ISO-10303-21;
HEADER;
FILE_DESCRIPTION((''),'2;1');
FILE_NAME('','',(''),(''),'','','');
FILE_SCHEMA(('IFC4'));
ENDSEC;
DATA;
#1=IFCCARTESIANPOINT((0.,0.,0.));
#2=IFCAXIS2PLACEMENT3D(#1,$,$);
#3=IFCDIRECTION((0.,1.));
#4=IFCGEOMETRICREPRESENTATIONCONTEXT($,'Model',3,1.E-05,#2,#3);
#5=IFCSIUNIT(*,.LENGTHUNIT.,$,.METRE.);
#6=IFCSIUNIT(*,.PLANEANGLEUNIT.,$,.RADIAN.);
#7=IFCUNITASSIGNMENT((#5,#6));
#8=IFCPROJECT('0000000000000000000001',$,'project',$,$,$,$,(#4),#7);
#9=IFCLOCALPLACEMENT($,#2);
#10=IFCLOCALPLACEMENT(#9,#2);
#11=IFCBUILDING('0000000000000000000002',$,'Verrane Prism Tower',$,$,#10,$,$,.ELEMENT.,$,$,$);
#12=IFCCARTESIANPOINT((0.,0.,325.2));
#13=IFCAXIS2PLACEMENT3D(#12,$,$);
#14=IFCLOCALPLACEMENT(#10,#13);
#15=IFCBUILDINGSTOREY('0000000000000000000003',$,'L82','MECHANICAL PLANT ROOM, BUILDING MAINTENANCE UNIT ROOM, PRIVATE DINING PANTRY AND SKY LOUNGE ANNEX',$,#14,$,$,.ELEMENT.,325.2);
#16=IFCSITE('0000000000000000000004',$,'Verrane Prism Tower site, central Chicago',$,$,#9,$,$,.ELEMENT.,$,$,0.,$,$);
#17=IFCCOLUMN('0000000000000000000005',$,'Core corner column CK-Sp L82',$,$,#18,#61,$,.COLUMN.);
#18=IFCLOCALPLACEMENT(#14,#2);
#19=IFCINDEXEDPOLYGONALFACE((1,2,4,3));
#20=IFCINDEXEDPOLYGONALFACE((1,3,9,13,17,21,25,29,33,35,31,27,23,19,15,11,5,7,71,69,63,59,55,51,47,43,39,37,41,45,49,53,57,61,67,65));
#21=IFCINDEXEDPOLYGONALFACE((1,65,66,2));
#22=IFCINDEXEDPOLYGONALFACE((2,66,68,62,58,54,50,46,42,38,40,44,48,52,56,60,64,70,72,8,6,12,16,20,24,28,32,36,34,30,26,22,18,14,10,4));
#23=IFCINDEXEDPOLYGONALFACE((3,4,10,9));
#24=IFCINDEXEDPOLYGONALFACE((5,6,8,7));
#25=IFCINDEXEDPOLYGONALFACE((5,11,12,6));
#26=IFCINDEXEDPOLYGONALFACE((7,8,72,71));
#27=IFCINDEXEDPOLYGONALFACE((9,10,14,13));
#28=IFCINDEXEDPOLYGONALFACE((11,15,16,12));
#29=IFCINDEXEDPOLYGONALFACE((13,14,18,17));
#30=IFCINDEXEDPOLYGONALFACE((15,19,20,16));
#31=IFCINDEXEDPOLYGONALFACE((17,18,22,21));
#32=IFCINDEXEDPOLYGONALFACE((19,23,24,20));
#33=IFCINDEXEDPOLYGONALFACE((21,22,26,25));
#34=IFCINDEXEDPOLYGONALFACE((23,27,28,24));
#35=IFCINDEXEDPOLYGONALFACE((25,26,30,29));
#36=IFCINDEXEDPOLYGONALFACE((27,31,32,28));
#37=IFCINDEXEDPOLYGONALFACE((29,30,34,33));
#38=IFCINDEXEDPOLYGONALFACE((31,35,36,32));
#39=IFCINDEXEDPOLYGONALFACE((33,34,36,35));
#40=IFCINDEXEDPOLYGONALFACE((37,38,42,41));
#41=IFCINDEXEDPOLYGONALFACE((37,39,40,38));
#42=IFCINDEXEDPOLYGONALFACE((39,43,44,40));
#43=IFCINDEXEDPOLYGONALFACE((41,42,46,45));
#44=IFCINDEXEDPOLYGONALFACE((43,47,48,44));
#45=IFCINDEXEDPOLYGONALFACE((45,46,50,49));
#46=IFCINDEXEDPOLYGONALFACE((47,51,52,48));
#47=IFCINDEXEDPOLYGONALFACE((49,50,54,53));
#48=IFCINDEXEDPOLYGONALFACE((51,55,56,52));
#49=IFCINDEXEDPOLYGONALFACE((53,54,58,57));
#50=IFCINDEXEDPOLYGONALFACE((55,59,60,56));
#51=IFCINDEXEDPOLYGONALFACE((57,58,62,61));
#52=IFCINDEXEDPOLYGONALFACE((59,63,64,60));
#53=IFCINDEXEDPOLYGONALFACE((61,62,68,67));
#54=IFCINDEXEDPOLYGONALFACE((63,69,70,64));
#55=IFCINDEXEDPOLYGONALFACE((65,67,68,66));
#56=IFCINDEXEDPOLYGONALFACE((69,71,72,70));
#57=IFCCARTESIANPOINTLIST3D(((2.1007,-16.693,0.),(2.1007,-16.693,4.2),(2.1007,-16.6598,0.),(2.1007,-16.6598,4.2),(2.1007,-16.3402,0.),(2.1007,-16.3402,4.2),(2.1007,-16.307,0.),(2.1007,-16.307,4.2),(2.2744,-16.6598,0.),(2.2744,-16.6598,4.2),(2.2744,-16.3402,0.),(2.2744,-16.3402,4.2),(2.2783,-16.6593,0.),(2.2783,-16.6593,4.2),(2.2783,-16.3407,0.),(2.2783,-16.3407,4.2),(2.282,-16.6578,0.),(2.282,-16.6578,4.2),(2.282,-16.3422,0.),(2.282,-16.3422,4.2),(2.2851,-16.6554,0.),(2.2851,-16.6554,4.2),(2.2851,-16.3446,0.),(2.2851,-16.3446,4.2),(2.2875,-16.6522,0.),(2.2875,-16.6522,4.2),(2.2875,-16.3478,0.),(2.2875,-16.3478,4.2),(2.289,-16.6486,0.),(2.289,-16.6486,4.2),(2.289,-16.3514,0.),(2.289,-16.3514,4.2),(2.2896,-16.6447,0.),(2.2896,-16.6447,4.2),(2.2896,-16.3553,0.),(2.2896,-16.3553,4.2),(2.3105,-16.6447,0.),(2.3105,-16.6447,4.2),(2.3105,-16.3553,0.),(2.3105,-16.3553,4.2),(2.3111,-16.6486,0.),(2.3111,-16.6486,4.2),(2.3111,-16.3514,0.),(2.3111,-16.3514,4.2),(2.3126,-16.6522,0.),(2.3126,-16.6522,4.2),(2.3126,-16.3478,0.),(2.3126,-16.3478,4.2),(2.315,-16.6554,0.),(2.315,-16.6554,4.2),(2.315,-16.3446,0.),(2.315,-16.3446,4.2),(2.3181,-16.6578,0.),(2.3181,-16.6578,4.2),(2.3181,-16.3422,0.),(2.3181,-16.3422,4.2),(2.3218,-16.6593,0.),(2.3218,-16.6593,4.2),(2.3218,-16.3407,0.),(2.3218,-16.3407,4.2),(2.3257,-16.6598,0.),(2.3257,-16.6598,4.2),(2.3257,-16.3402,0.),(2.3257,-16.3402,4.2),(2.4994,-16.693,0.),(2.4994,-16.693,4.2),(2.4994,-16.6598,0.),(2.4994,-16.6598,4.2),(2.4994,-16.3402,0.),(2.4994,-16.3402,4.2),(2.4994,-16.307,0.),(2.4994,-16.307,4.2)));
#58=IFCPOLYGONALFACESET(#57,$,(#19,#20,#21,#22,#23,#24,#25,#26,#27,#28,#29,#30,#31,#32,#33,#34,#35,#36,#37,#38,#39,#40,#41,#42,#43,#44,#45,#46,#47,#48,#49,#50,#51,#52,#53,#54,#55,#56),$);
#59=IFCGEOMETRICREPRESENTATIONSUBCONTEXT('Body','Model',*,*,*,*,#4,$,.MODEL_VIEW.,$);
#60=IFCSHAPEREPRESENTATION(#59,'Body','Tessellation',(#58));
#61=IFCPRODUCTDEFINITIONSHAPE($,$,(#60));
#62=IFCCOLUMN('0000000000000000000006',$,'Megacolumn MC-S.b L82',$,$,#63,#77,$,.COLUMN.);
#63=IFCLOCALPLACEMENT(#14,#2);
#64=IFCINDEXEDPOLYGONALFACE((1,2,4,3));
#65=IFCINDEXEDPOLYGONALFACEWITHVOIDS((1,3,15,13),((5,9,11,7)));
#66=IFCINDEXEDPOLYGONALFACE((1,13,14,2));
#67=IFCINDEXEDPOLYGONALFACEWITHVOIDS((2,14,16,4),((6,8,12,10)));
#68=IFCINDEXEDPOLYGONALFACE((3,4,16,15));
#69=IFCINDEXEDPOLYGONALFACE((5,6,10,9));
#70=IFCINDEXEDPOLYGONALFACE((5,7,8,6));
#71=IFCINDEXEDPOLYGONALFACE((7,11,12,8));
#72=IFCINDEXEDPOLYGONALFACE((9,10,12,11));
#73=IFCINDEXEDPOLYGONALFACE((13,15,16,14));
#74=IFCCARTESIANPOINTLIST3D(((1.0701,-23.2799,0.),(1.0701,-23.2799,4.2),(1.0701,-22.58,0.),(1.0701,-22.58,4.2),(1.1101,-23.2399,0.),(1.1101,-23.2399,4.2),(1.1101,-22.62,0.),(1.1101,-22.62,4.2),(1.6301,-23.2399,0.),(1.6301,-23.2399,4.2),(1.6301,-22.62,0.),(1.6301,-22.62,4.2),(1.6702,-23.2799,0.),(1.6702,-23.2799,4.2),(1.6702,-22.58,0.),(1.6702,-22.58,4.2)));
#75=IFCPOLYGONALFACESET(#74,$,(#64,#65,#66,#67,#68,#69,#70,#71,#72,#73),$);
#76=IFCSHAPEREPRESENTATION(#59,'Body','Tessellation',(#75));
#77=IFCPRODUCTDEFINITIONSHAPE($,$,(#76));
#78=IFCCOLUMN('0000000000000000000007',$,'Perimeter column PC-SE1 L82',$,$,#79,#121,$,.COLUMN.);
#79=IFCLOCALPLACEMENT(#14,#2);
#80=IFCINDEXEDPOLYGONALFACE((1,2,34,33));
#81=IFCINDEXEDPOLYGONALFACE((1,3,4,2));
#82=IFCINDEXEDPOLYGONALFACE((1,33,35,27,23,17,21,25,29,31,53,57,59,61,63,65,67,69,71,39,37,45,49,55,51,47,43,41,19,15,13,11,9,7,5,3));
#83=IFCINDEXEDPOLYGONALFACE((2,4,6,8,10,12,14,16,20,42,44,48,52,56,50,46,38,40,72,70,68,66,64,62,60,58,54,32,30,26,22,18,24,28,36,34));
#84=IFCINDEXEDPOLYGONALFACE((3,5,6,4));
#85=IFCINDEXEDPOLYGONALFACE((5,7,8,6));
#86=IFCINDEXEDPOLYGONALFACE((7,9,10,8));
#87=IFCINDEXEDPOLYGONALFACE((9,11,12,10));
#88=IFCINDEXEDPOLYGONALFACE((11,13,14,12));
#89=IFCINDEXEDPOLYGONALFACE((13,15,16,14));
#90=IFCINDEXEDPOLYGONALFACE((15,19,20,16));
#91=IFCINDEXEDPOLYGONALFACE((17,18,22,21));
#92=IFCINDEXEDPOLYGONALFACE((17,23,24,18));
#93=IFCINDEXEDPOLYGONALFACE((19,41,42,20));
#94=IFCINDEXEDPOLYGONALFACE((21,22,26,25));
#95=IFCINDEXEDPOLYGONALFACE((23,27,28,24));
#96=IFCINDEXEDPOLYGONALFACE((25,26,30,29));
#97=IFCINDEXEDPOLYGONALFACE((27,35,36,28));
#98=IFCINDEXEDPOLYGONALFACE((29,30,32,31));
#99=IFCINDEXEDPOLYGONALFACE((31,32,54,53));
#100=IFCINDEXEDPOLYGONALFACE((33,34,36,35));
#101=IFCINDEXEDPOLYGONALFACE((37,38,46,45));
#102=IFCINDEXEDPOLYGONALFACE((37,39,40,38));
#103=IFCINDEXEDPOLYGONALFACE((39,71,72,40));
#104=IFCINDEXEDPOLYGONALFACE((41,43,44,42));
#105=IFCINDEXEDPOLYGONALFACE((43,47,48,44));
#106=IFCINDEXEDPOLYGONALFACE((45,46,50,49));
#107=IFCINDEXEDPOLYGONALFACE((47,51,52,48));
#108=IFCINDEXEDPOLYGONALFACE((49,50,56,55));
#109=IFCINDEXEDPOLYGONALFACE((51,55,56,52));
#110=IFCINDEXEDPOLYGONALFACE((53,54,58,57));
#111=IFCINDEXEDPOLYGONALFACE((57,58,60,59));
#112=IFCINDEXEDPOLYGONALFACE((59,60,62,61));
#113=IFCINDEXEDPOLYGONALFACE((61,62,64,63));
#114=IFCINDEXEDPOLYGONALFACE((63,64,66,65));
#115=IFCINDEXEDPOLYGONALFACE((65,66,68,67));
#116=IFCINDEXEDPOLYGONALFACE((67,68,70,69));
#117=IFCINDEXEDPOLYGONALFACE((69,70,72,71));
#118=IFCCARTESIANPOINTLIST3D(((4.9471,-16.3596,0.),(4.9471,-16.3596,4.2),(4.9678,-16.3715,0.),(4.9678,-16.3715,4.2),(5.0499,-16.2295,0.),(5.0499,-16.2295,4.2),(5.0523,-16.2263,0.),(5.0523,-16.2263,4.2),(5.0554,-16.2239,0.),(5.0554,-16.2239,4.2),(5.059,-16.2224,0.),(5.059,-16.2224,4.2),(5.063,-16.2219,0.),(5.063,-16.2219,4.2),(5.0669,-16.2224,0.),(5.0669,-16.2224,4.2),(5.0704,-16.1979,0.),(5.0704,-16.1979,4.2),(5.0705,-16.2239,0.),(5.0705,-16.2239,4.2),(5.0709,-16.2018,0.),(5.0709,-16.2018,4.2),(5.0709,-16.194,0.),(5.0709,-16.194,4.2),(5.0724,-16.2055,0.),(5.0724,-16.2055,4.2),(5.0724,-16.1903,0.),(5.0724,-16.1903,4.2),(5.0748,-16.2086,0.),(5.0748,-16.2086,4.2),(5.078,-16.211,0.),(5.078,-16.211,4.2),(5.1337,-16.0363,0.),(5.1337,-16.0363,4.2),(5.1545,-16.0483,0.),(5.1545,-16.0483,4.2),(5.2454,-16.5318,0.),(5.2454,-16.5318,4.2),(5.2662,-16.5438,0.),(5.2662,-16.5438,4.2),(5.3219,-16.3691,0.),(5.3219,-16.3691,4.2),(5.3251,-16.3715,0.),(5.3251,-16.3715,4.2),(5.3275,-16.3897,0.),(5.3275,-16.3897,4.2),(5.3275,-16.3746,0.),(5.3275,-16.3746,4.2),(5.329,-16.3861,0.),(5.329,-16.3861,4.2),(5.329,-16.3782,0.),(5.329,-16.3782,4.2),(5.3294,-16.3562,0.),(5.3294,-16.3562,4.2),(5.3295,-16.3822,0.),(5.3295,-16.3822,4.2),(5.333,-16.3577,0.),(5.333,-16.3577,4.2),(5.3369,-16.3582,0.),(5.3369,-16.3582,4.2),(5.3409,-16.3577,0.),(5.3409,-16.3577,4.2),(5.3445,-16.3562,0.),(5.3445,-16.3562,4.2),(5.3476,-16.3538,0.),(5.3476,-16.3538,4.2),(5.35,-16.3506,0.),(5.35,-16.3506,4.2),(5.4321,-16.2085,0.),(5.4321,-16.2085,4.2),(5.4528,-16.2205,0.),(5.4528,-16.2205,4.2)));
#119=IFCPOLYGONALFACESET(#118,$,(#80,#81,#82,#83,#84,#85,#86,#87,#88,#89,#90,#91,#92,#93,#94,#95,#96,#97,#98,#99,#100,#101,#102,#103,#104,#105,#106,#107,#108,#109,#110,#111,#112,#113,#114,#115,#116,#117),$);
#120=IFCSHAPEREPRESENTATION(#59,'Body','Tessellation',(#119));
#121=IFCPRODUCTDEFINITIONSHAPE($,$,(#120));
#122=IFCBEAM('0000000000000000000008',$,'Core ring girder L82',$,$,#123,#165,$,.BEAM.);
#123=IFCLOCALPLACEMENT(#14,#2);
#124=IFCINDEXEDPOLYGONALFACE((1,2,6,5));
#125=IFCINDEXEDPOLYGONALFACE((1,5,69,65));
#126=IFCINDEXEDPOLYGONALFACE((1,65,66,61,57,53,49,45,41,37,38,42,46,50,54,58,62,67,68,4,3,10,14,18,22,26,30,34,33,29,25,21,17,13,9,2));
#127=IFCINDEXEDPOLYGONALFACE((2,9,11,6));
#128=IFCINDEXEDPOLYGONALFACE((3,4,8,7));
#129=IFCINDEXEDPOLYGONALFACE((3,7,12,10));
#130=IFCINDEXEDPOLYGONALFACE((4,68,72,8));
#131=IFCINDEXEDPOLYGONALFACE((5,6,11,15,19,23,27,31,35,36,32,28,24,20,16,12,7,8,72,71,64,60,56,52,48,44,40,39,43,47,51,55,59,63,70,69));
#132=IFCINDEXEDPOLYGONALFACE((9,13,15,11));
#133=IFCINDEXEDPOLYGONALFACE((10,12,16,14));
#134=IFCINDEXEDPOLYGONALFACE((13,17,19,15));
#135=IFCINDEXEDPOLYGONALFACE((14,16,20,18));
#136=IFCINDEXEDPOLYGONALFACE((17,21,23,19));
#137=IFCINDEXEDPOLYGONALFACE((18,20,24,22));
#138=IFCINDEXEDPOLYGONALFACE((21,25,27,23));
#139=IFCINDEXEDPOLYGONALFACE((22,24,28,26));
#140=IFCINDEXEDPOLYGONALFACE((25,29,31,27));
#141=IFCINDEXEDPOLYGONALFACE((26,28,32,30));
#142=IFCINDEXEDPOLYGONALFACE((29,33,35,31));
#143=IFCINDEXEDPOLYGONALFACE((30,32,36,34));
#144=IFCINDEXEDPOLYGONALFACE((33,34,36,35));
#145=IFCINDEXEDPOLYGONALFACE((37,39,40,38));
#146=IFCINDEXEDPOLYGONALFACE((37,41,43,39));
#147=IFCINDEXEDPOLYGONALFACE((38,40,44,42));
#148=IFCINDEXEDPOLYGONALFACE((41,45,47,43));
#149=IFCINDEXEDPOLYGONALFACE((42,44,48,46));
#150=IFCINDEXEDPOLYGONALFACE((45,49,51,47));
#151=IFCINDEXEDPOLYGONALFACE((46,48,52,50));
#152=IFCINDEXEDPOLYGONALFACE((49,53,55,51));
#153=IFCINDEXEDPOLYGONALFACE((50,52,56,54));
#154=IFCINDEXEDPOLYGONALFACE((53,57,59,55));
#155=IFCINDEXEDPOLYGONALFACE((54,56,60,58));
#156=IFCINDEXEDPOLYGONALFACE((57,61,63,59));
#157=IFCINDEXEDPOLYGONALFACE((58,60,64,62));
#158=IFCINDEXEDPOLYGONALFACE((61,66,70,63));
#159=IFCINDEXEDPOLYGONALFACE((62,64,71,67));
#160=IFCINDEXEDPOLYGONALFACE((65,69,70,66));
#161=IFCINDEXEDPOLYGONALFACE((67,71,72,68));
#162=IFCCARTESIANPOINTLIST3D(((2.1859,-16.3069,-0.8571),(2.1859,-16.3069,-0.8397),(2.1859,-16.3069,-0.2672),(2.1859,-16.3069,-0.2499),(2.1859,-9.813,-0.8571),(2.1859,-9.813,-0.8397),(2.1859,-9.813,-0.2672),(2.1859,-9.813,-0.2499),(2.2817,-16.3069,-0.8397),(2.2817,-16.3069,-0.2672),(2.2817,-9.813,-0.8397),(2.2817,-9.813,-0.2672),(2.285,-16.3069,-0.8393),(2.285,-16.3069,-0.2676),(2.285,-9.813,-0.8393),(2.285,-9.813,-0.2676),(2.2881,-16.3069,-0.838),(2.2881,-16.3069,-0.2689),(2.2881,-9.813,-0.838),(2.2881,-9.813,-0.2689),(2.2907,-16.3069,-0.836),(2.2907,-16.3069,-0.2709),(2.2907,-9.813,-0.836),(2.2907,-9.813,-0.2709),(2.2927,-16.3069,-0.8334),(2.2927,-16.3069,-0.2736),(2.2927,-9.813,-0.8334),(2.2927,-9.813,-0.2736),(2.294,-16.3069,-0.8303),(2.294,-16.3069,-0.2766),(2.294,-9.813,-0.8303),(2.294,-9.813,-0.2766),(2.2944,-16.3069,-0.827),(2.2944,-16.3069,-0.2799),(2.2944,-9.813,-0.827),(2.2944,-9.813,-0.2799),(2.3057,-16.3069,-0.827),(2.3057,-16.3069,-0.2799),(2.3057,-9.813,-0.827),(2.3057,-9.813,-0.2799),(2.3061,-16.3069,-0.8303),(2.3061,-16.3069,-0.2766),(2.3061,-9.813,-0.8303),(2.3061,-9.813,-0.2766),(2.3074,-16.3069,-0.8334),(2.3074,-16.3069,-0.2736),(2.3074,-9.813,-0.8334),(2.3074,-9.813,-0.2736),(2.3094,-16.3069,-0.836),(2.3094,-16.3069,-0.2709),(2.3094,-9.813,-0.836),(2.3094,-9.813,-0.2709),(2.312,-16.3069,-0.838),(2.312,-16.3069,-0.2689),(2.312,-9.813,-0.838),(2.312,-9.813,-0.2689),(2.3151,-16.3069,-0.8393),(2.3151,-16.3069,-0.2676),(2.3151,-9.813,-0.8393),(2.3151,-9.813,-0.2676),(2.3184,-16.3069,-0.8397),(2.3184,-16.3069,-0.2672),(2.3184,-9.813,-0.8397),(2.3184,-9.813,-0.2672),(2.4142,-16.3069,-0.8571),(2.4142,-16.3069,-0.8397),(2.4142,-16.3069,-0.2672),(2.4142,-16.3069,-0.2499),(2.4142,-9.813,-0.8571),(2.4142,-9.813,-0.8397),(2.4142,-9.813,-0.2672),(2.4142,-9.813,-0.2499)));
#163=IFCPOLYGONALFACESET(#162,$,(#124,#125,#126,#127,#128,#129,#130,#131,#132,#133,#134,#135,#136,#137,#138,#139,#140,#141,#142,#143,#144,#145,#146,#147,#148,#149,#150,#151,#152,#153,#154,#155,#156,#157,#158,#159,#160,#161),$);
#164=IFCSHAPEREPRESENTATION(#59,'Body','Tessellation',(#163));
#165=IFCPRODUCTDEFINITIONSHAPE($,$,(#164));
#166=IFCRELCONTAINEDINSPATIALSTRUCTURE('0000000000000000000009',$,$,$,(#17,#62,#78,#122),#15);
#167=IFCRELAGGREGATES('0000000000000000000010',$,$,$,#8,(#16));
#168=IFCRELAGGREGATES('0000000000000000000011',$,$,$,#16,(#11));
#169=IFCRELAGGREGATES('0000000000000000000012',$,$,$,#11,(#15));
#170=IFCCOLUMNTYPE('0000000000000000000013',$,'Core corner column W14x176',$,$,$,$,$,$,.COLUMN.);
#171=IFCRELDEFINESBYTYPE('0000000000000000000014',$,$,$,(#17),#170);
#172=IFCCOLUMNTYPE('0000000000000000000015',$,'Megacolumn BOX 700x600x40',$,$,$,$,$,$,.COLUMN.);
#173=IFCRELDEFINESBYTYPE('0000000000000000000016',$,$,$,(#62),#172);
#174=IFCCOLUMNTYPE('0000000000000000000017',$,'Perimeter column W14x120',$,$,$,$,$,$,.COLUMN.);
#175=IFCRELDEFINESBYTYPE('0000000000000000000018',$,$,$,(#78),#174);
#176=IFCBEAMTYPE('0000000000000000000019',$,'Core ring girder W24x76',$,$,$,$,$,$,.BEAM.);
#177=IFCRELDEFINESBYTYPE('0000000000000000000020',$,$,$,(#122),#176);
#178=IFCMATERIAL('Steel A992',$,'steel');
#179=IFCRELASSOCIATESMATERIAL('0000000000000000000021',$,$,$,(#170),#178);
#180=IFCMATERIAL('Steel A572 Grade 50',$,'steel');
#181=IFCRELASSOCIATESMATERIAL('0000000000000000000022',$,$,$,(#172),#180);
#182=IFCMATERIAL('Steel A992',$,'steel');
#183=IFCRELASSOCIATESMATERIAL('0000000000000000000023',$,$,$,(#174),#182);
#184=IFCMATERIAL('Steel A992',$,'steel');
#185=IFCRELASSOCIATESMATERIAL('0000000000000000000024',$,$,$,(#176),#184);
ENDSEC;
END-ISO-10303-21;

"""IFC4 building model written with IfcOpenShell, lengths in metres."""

from ifc_helpers import new_model, si_unit, direction, frame, origin, origin_2d, place, context, subcontext, project, spatial, hollow_rectangle, i_section, extrude, material, material_profile, profile_set, type_object, element, save


model = new_model("IFC4")

# Units and contexts
model_context = context("Model", 3, precision=1e-05, world=origin(), true_north=direction((0.0, 1.0)))
body_context = subcontext(model_context, "Body", "Model", "MODEL_VIEW")
ifc_project = project(units=[si_unit("LENGTHUNIT", "METRE"), si_unit("PLANEANGLEUNIT", "RADIAN")], contexts=[model_context])

# Site, building, storey
site_placement = place(None, origin())
site = spatial("IfcSite", under=ifc_project, at=site_placement, Name="Verrane Prism Tower site, central Chicago", CompositionType="ELEMENT", RefElevation=0.0)
building_placement = place(site_placement, origin())
building = spatial("IfcBuilding", under=site, at=building_placement, Name="Verrane Prism Tower", CompositionType="ELEMENT")
storey_placement = place(building_placement, frame((0.0, 0.0, 325.2)))
storey = spatial("IfcBuildingStorey", under=building, at=storey_placement, Name="L82", Description="MECHANICAL PLANT ROOM, BUILDING MAINTENANCE UNIT ROOM, PRIVATE DINING PANTRY AND SKY LOUNGE ANNEX", CompositionType="ELEMENT", Elevation=325.2)

# Columns
ifc_material_1 = material(Name="Steel A992", Category="steel")
ifc_material_profile_1 = material_profile(ifc_material_1, i_section(OverallWidth=0.3987, OverallDepth=0.386, WebThickness=0.021, FlangeThickness=0.0332, FilletRadius=0.0151, at=origin_2d()), Name="W14x176")
ifc_profile_set_1 = profile_set([ifc_material_profile_1], Name="Steel A992")
column_type_1 = type_object("IfcColumnType", Name="Core corner column W14x176", PredefinedType="COLUMN", material=ifc_profile_set_1)
column_1_placement = place(storey_placement, frame((2.3, -16.5, 0.0), z_axis=(0.0, 0.0, 1.0), x_axis=(-1.0, 0.0, 0.0)))
element("IfcColumn", 1, at=column_1_placement, inside=storey, type_object=column_type_1, Name="Core corner column CK-Sp L82", PredefinedType="COLUMN", context=body_context, shape_type="SweptSolid", body=[
    extrude(i_section(OverallWidth=0.3987, OverallDepth=0.386, WebThickness=0.021, FlangeThickness=0.0332, FilletRadius=0.0151, at=origin_2d()), origin(), (0.0, 0.0, 1.0), 4.2),
])
ifc_material_2 = material(Name="Steel A572 Grade 50", Category="steel")
ifc_material_profile_2 = material_profile(ifc_material_2, hollow_rectangle(XDim=0.6001, YDim=0.7, WallThickness=0.04, at=origin_2d()), Name="BOX 700x600x40")
ifc_profile_set_2 = profile_set([ifc_material_profile_2], Name="Steel A572 Grade 50")
column_type_2 = type_object("IfcColumnType", Name="Megacolumn BOX 700x600x40", PredefinedType="COLUMN", material=ifc_profile_set_2)
column_2_placement = place(storey_placement, frame((1.3701, -22.9299, 0.0), z_axis=(0.0, 0.0, 1.0), x_axis=(-1.0, 0.0, 0.0)))
element("IfcColumn", 2, at=column_2_placement, inside=storey, type_object=column_type_2, Name="Megacolumn MC-S.b L82", PredefinedType="COLUMN", context=body_context, shape_type="SweptSolid", body=[
    extrude(hollow_rectangle(XDim=0.6001, YDim=0.7, WallThickness=0.04, at=origin_2d()), origin(), (0.0, 0.0, 1.0), 4.2),
])
ifc_material_3 = material(Name="Steel A992", Category="steel")
ifc_material_profile_3 = material_profile(ifc_material_3, i_section(OverallWidth=0.3733, OverallDepth=0.3684, WebThickness=0.0149, FlangeThickness=0.0239, FilletRadius=0.0151, at=origin_2d()), Name="W14x120")
ifc_profile_set_3 = profile_set([ifc_material_profile_3], Name="Steel A992")
column_type_3 = type_object("IfcColumnType", Name="Perimeter column W14x120", PredefinedType="COLUMN", material=ifc_profile_set_3)
column_3_placement = place(storey_placement, frame((5.2, -16.29, 0.0), z_axis=(0.0, 0.0, 1.0), x_axis=(-0.5, -0.866025, 0.0)))
element("IfcColumn", 3, at=column_3_placement, inside=storey, type_object=column_type_3, Name="Perimeter column PC-SE1 L82", PredefinedType="COLUMN", context=body_context, shape_type="SweptSolid", body=[
    extrude(i_section(OverallWidth=0.3733, OverallDepth=0.3684, WebThickness=0.0149, FlangeThickness=0.0239, FilletRadius=0.0151, at=origin_2d()), origin(), (0.0, 0.0, 1.0), 4.2),
])

# Beam
ifc_material_4 = material(Name="Steel A992", Category="steel")
ifc_material_profile_4 = material_profile(ifc_material_4, i_section(OverallWidth=0.2283, OverallDepth=0.6072, WebThickness=0.0112, FlangeThickness=0.0173, FilletRadius=0.0127, at=origin_2d()), Name="W24x76")
ifc_profile_set_4 = profile_set([ifc_material_profile_4], Name="Steel A992")
beam_type_1 = type_object("IfcBeamType", Name="Core ring girder W24x76", PredefinedType="BEAM", material=ifc_profile_set_4)
beam_1_placement = place(storey_placement, frame((2.3, -16.3069, -0.5535), z_axis=(0.0, 1.0, 0.0), x_axis=(-1.0, 0.0, 0.0)))
element("IfcBeam", 4, at=beam_1_placement, inside=storey, type_object=beam_type_1, Name="Core ring girder L82", PredefinedType="BEAM", context=body_context, shape_type="SweptSolid", body=[
    extrude(i_section(OverallWidth=0.2283, OverallDepth=0.6072, WebThickness=0.0112, FlangeThickness=0.0173, FilletRadius=0.0127, at=origin_2d()), origin(), (0.0, 0.0, 1.0), 6.4939),
])

save(model, "model.ifc")
